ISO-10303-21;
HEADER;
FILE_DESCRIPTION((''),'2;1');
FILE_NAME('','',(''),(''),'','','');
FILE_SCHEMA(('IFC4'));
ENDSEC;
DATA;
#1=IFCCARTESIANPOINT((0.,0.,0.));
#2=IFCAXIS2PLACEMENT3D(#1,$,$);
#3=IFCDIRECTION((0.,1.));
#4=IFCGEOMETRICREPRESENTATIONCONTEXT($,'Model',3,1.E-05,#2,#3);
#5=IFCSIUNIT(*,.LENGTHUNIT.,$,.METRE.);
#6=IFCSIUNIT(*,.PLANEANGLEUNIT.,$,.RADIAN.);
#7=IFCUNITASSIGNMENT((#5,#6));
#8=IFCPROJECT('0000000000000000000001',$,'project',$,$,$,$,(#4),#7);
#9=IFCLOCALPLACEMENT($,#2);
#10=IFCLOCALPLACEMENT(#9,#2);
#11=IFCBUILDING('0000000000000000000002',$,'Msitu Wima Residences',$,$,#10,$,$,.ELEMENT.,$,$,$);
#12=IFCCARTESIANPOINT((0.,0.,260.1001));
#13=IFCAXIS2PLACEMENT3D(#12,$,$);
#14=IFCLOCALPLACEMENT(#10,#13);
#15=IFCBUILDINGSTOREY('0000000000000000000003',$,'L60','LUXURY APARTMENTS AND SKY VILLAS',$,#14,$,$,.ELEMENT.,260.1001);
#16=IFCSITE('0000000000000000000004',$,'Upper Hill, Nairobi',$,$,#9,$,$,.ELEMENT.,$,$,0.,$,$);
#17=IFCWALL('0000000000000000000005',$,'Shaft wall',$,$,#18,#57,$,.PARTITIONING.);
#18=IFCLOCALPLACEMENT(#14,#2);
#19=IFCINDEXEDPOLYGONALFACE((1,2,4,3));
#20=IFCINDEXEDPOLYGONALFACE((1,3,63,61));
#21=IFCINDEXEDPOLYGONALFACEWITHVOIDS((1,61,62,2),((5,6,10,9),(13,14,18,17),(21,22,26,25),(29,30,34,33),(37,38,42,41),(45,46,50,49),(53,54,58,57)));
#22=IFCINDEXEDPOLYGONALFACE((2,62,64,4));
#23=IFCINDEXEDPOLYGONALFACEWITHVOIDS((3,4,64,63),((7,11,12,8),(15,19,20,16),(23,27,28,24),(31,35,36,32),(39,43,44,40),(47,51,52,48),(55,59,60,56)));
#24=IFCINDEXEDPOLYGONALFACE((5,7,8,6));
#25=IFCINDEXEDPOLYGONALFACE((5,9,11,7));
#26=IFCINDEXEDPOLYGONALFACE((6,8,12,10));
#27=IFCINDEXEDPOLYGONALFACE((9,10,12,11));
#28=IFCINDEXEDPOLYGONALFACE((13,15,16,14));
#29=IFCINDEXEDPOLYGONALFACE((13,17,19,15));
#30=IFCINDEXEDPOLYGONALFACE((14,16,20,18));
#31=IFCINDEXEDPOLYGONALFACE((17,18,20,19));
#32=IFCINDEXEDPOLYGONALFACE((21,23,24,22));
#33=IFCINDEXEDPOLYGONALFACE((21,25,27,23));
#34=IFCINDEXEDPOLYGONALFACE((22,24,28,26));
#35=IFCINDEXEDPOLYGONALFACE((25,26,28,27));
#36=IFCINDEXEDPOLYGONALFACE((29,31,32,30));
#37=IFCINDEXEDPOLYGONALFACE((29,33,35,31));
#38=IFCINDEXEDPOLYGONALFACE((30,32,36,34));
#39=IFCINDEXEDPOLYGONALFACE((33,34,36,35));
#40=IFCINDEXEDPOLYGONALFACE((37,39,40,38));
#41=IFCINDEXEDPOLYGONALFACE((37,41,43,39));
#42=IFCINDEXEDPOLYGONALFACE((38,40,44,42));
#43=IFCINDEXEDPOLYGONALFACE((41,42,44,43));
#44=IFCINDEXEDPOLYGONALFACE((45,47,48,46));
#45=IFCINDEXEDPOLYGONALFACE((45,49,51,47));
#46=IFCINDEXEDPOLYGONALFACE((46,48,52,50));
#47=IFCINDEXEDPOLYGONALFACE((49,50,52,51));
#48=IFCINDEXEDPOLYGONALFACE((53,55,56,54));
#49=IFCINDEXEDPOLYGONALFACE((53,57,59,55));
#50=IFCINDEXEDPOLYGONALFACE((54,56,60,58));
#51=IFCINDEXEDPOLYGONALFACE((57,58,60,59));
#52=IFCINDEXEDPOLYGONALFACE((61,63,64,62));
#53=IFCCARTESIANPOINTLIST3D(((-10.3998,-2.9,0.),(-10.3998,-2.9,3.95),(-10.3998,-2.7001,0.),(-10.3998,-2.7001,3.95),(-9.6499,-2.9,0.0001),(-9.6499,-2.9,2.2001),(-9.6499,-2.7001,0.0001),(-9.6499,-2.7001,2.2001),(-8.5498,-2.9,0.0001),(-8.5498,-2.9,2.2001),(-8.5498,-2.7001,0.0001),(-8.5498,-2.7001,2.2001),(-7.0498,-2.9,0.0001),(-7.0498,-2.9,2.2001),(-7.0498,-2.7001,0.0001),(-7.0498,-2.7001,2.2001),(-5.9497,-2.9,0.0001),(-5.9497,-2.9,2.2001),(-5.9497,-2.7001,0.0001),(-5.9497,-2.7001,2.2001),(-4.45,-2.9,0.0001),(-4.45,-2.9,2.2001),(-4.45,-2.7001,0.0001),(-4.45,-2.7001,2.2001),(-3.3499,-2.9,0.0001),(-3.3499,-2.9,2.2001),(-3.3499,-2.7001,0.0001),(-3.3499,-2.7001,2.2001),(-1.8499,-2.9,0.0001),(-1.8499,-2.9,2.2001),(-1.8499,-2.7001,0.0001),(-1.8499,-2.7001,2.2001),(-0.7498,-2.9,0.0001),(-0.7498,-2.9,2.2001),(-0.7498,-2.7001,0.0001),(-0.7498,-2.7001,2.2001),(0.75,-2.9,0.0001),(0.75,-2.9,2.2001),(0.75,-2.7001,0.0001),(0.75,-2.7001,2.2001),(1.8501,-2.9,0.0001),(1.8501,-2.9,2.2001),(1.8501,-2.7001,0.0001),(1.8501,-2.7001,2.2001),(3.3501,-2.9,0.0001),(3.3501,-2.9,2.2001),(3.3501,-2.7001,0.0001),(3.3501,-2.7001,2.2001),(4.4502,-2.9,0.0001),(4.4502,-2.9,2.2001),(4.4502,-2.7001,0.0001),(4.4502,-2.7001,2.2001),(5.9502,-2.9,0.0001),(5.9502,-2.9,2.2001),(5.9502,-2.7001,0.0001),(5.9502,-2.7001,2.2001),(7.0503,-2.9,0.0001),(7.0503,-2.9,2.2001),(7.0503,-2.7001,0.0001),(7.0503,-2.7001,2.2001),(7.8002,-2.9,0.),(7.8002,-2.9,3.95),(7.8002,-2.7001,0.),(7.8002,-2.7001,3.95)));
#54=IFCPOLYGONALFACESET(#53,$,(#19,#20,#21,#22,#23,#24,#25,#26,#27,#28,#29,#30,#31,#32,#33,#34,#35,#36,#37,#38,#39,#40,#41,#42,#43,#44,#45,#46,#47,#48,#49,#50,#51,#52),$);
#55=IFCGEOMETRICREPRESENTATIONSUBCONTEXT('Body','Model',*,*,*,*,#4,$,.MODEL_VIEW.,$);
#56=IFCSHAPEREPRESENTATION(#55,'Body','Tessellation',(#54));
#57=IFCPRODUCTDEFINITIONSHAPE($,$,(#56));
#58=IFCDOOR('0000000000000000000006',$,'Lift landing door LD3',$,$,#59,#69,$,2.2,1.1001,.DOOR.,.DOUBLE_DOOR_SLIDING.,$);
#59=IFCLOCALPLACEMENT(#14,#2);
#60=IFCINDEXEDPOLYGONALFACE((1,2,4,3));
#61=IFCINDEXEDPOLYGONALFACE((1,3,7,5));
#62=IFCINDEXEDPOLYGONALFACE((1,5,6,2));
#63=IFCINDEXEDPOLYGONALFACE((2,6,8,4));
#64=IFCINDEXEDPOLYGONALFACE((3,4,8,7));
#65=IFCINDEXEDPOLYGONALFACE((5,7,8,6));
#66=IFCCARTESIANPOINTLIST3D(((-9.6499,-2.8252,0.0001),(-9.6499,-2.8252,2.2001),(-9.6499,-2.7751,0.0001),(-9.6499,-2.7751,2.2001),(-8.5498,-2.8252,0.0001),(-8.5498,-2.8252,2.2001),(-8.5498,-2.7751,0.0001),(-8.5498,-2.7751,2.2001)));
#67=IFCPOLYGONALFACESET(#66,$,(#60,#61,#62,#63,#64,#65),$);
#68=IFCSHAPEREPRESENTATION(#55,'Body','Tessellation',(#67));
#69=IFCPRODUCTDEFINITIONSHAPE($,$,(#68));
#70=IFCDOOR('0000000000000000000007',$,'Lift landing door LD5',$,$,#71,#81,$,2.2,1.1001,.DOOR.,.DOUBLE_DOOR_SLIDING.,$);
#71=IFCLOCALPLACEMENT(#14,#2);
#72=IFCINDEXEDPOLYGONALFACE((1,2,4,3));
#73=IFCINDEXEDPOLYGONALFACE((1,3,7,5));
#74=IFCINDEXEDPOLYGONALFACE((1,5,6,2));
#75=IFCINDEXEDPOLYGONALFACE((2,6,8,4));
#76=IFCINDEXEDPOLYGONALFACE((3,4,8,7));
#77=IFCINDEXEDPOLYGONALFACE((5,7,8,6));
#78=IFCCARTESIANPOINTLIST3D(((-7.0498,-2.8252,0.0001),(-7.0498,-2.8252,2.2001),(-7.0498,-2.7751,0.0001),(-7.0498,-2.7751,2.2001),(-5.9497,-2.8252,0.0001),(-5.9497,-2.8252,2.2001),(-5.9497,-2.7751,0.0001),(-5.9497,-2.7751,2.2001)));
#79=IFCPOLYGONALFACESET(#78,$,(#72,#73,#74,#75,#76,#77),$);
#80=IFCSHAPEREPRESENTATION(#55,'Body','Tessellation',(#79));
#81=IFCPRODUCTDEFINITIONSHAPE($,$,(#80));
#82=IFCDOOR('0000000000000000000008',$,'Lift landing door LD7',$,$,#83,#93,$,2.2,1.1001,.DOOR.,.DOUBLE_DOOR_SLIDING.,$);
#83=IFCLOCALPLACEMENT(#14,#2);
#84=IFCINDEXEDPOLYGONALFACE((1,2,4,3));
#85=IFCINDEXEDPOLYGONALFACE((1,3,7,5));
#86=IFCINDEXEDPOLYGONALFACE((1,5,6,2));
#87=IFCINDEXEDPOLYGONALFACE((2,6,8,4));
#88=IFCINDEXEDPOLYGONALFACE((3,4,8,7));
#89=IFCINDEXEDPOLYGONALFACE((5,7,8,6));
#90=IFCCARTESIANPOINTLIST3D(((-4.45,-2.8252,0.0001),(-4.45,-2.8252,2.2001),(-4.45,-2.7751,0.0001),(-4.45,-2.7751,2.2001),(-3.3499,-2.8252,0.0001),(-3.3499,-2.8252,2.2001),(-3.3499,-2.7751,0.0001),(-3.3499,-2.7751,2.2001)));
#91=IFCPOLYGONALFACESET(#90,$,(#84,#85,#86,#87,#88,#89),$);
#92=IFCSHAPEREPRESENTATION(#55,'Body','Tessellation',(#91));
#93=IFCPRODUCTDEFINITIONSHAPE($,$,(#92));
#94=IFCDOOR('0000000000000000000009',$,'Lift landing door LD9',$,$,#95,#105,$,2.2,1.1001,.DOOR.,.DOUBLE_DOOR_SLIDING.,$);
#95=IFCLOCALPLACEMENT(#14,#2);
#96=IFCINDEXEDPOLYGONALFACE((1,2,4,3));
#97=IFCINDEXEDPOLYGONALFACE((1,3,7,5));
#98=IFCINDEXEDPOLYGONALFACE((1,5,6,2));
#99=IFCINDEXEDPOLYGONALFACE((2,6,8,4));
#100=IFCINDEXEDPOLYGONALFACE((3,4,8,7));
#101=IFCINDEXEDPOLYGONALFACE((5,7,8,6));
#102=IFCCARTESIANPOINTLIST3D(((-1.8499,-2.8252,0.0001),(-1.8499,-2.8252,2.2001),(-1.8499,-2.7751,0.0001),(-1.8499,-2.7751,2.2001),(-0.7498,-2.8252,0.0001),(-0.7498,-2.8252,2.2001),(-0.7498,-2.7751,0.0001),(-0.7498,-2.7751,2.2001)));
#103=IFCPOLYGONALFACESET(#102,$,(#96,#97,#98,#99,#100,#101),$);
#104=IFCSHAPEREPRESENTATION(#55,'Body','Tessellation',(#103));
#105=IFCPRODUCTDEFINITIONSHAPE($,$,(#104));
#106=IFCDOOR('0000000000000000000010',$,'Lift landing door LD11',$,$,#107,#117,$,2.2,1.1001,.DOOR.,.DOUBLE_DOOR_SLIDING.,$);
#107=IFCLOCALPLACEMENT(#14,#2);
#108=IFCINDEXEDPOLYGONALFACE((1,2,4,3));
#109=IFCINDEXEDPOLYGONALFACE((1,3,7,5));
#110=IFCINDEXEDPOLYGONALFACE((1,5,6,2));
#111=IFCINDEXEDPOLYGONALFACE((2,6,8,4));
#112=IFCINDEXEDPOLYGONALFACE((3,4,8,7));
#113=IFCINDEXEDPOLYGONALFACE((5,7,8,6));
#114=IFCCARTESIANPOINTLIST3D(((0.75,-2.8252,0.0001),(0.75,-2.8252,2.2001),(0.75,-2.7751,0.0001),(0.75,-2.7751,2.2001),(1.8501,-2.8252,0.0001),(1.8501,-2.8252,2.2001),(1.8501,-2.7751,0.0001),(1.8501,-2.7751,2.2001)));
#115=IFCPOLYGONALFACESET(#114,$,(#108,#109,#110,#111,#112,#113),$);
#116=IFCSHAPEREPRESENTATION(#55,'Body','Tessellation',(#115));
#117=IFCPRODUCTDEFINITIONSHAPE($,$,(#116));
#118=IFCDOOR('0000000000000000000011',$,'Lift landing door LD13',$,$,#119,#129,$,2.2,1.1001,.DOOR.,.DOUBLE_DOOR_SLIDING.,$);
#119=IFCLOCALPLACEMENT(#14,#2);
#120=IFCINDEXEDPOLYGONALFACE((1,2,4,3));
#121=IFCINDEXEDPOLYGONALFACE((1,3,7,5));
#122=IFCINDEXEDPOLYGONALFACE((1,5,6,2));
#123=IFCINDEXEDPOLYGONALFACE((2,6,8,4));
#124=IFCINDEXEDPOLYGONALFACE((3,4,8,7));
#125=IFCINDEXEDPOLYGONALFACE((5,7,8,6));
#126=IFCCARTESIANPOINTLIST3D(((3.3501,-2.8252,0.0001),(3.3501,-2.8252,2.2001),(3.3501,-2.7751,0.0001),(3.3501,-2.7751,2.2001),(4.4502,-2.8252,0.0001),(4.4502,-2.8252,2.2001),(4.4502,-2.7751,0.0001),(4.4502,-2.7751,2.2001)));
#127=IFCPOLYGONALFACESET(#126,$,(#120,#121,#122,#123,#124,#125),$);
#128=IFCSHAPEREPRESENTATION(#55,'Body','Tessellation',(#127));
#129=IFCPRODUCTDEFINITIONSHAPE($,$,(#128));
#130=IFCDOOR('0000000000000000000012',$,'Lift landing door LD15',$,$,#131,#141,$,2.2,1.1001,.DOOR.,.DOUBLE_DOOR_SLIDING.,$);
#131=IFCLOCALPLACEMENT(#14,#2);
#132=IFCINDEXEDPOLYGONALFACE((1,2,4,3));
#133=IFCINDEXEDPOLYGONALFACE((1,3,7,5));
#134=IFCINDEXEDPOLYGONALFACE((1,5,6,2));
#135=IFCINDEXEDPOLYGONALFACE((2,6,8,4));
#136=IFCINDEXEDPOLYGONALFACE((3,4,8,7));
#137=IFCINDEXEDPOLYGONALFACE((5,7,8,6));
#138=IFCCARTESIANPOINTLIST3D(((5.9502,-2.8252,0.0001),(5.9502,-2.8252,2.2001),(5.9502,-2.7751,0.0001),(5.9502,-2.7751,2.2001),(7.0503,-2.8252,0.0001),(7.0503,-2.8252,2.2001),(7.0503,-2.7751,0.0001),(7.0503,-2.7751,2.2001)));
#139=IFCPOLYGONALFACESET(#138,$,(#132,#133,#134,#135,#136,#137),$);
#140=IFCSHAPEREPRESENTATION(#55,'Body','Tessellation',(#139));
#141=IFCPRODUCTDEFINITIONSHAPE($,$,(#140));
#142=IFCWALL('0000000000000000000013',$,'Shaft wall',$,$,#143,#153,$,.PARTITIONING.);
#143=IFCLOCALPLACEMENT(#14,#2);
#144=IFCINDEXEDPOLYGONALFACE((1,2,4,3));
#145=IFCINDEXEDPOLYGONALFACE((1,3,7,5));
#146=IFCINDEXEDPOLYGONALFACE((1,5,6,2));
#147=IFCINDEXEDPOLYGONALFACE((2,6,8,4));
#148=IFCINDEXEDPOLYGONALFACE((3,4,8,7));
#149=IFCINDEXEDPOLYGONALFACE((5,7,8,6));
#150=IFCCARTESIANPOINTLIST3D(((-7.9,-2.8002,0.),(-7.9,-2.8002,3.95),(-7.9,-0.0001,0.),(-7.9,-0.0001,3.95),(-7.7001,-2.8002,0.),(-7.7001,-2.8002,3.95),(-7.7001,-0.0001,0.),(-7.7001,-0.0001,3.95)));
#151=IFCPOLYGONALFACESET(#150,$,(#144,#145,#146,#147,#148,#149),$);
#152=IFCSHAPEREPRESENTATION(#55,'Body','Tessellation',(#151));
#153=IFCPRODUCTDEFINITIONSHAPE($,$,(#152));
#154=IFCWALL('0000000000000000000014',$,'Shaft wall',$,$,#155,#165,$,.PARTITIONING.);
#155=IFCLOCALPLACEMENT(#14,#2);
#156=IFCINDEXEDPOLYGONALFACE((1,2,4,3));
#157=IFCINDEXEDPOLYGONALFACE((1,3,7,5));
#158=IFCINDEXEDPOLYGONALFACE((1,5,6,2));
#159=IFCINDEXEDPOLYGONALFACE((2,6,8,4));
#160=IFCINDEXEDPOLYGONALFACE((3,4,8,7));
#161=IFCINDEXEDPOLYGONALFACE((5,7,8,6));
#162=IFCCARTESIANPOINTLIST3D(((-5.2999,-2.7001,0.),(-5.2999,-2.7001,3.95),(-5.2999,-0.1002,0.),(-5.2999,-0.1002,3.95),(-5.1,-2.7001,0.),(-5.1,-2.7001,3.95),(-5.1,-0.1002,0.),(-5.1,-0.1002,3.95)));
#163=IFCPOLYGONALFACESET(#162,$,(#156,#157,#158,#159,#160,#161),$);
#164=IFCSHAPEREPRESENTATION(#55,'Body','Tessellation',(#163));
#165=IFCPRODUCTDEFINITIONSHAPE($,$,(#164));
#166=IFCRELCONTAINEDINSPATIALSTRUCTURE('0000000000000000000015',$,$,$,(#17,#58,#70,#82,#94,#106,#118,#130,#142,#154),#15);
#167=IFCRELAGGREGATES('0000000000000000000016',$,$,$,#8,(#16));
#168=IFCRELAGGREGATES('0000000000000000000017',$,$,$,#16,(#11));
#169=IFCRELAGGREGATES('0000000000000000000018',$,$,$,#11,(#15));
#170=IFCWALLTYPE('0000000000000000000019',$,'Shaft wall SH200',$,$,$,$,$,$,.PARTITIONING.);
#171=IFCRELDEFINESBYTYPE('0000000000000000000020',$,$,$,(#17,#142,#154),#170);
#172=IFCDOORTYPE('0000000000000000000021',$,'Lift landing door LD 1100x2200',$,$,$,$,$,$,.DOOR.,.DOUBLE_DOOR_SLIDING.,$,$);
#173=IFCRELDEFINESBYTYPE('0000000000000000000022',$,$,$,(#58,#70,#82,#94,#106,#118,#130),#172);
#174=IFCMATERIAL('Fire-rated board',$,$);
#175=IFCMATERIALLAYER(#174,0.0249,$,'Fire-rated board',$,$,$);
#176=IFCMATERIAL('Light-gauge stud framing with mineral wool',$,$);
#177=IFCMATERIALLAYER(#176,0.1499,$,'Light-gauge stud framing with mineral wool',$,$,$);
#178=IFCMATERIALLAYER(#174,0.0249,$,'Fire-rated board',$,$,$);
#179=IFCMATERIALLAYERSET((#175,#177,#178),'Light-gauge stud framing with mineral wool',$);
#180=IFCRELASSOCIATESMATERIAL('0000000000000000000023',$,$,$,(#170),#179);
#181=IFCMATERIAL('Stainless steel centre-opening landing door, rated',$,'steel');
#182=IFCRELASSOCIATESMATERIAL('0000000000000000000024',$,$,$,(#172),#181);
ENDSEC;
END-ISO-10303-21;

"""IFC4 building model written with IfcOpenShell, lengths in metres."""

from ifc_helpers import new_model, si_unit, direction, frame, frame_2d, origin, place, context, subcontext, project, spatial, rectangle, extrude, material, layer, layer_set, type_object, element, fill, save


model = new_model("IFC4")

# Units and contexts
model_context = context("Model", 3, precision=1e-05, world=origin(), true_north=direction((0.0, 1.0)))
body_context = subcontext(model_context, "Body", "Model", "MODEL_VIEW")
ifc_project = project(units=[si_unit("LENGTHUNIT", "METRE"), si_unit("PLANEANGLEUNIT", "RADIAN")], contexts=[model_context])

# Site, building, storey
site_placement = place(None, origin())
site = spatial("IfcSite", under=ifc_project, at=site_placement, Name="Upper Hill, Nairobi", CompositionType="ELEMENT", RefElevation=0.0)
building_placement = place(site_placement, origin())
building = spatial("IfcBuilding", under=site, at=building_placement, Name="Msitu Wima Residences", CompositionType="ELEMENT")
storey_placement = place(building_placement, frame((0.0, 0.0, 260.1001)))
storey = spatial("IfcBuildingStorey", under=building, at=storey_placement, Name="L60", Description="LUXURY APARTMENTS AND SKY VILLAS", CompositionType="ELEMENT", Elevation=260.1001)

# Shared definitions
ifc_material_1 = material(Name="Fire-rated board")
ifc_layer_1 = layer(ifc_material_1, 0.0249, Name="Fire-rated board")
ifc_material_2 = material(Name="Light-gauge stud framing with mineral wool")
ifc_layer_2 = layer(ifc_material_2, 0.1499, Name="Light-gauge stud framing with mineral wool")
ifc_layer_3 = layer(ifc_material_1, 0.0249, Name="Fire-rated board")
ifc_layer_set_1 = layer_set([ifc_layer_1, ifc_layer_2, ifc_layer_3], Name="Light-gauge stud framing with mineral wool")
wall_type_1 = type_object("IfcWallType", Name="Shaft wall SH200", PredefinedType="PARTITIONING", material=ifc_layer_set_1)

# Wall, openings, doors
wall_1_placement = place(storey_placement, frame((-10.3999, -2.8, 0.0), z_axis=(0.0, 0.0, 1.0), x_axis=(1.0, 0.0, 0.0)))
wall_1 = element("IfcWall", 1, at=wall_1_placement, inside=storey, type_object=wall_type_1, Name="Shaft wall", PredefinedType="PARTITIONING", context=body_context, shape_type="SweptSolid", body=[
    extrude(rectangle(XDim=18.2, YDim=0.2, at=frame_2d((9.1001, 0.0))), origin(), (0.0, 0.0, 1.0), 3.95),
])
opening_1_placement = place(wall_1_placement, frame((0.75, 0.0, 0.0)))
opening_1 = element("IfcOpeningElement", 2, at=opening_1_placement, cuts=wall_1, PredefinedType="OPENING", context=body_context, shape_type="SweptSolid", body=[
    extrude(rectangle(XDim=1.1001, YDim=2.2, at=frame_2d((0.55, 1.1001))), frame((0.0, 0.1099, 0.0), z_axis=(0.0, -1.0, 0.0), x_axis=(1.0, 0.0, 0.0)), (0.0, 0.0, 1.0), 0.22),
])
opening_2_placement = place(wall_1_placement, frame((3.3501, 0.0, 0.0)))
opening_2 = element("IfcOpeningElement", 3, at=opening_2_placement, cuts=wall_1, PredefinedType="OPENING", context=body_context, shape_type="SweptSolid", body=[
    extrude(rectangle(XDim=1.1001, YDim=2.2, at=frame_2d((0.55, 1.1001))), frame((0.0, 0.1099, 0.0), z_axis=(0.0, -1.0, 0.0), x_axis=(1.0, 0.0, 0.0)), (0.0, 0.0, 1.0), 0.22),
])
opening_3_placement = place(wall_1_placement, frame((5.95, 0.0, 0.0)))
opening_3 = element("IfcOpeningElement", 4, at=opening_3_placement, cuts=wall_1, PredefinedType="OPENING", context=body_context, shape_type="SweptSolid", body=[
    extrude(rectangle(XDim=1.1001, YDim=2.2, at=frame_2d((0.55, 1.1001))), frame((0.0, 0.1099, 0.0), z_axis=(0.0, -1.0, 0.0), x_axis=(1.0, 0.0, 0.0)), (0.0, 0.0, 1.0), 0.22),
])
opening_4_placement = place(wall_1_placement, frame((8.55, 0.0, 0.0)))
opening_4 = element("IfcOpeningElement", 5, at=opening_4_placement, cuts=wall_1, PredefinedType="OPENING", context=body_context, shape_type="SweptSolid", body=[
    extrude(rectangle(XDim=1.1001, YDim=2.2, at=frame_2d((0.55, 1.1001))), frame((0.0, 0.1099, 0.0), z_axis=(0.0, -1.0, 0.0), x_axis=(1.0, 0.0, 0.0)), (0.0, 0.0, 1.0), 0.22),
])
opening_5_placement = place(wall_1_placement, frame((11.1499, 0.0, 0.0)))
opening_5 = element("IfcOpeningElement", 6, at=opening_5_placement, cuts=wall_1, PredefinedType="OPENING", context=body_context, shape_type="SweptSolid", body=[
    extrude(rectangle(XDim=1.1001, YDim=2.2, at=frame_2d((0.55, 1.1001))), frame((0.0, 0.1099, 0.0), z_axis=(0.0, -1.0, 0.0), x_axis=(1.0, 0.0, 0.0)), (0.0, 0.0, 1.0), 0.22),
])
opening_6_placement = place(wall_1_placement, frame((13.75, 0.0, 0.0)))
opening_6 = element("IfcOpeningElement", 7, at=opening_6_placement, cuts=wall_1, PredefinedType="OPENING", context=body_context, shape_type="SweptSolid", body=[
    extrude(rectangle(XDim=1.1001, YDim=2.2, at=frame_2d((0.55, 1.1001))), frame((0.0, 0.1099, 0.0), z_axis=(0.0, -1.0, 0.0), x_axis=(1.0, 0.0, 0.0)), (0.0, 0.0, 1.0), 0.22),
])
opening_7_placement = place(wall_1_placement, frame((16.3501, 0.0, 0.0)))
opening_7 = element("IfcOpeningElement", 8, at=opening_7_placement, cuts=wall_1, PredefinedType="OPENING", context=body_context, shape_type="SweptSolid", body=[
    extrude(rectangle(XDim=1.1001, YDim=2.2, at=frame_2d((0.55, 1.1001))), frame((0.0, 0.1099, 0.0), z_axis=(0.0, -1.0, 0.0), x_axis=(1.0, 0.0, 0.0)), (0.0, 0.0, 1.0), 0.22),
])
ifc_material_3 = material(Name="Stainless steel centre-opening landing door, rated", Category="steel")
door_type_1 = type_object("IfcDoorType", Name="Lift landing door LD 1100x2200", OperationType="DOUBLE_DOOR_SLIDING", PredefinedType="DOOR", material=ifc_material_3)
door_1_placement = place(opening_1_placement, origin())
door_1 = element("IfcDoor", 9, at=door_1_placement, inside=storey, type_object=door_type_1, Name="Lift landing door LD3", OperationType="DOUBLE_DOOR_SLIDING", OverallHeight=2.2, OverallWidth=1.1001, PredefinedType="DOOR", context=body_context, shape_type="SweptSolid", body=[
    extrude(rectangle(XDim=1.1001, YDim=2.2, at=frame_2d((0.55, 1.1001))), frame((0.0, 0.0249, 0.0), z_axis=(0.0, -1.0, 0.0), x_axis=(1.0, 0.0, 0.0)), (0.0, 0.0, 1.0), 0.05),
])
fill(opening_1, door_1)
door_2_placement = place(opening_2_placement, origin())
door_2 = element("IfcDoor", 10, at=door_2_placement, inside=storey, type_object=door_type_1, Name="Lift landing door LD5", OperationType="DOUBLE_DOOR_SLIDING", OverallHeight=2.2, OverallWidth=1.1001, PredefinedType="DOOR", context=body_context, shape_type="SweptSolid", body=[
    extrude(rectangle(XDim=1.1001, YDim=2.2, at=frame_2d((0.55, 1.1001))), frame((0.0, 0.0249, 0.0), z_axis=(0.0, -1.0, 0.0), x_axis=(1.0, 0.0, 0.0)), (0.0, 0.0, 1.0), 0.05),
])
fill(opening_2, door_2)
door_3_placement = place(opening_3_placement, origin())
door_3 = element("IfcDoor", 11, at=door_3_placement, inside=storey, type_object=door_type_1, Name="Lift landing door LD7", OperationType="DOUBLE_DOOR_SLIDING", OverallHeight=2.2, OverallWidth=1.1001, PredefinedType="DOOR", context=body_context, shape_type="SweptSolid", body=[
    extrude(rectangle(XDim=1.1001, YDim=2.2, at=frame_2d((0.55, 1.1001))), frame((0.0, 0.0249, 0.0), z_axis=(0.0, -1.0, 0.0), x_axis=(1.0, 0.0, 0.0)), (0.0, 0.0, 1.0), 0.05),
])
fill(opening_3, door_3)
door_4_placement = place(opening_4_placement, origin())
door_4 = element("IfcDoor", 12, at=door_4_placement, inside=storey, type_object=door_type_1, Name="Lift landing door LD9", OperationType="DOUBLE_DOOR_SLIDING", OverallHeight=2.2, OverallWidth=1.1001, PredefinedType="DOOR", context=body_context, shape_type="SweptSolid", body=[
    extrude(rectangle(XDim=1.1001, YDim=2.2, at=frame_2d((0.55, 1.1001))), frame((0.0, 0.0249, 0.0), z_axis=(0.0, -1.0, 0.0), x_axis=(1.0, 0.0, 0.0)), (0.0, 0.0, 1.0), 0.05),
])
fill(opening_4, door_4)
door_5_placement = place(opening_5_placement, origin())
door_5 = element("IfcDoor", 13, at=door_5_placement, inside=storey, type_object=door_type_1, Name="Lift landing door LD11", OperationType="DOUBLE_DOOR_SLIDING", OverallHeight=2.2, OverallWidth=1.1001, PredefinedType="DOOR", context=body_context, shape_type="SweptSolid", body=[
    extrude(rectangle(XDim=1.1001, YDim=2.2, at=frame_2d((0.55, 1.1001))), frame((0.0, 0.0249, 0.0), z_axis=(0.0, -1.0, 0.0), x_axis=(1.0, 0.0, 0.0)), (0.0, 0.0, 1.0), 0.05),
])
fill(opening_5, door_5)
door_6_placement = place(opening_6_placement, origin())
door_6 = element("IfcDoor", 14, at=door_6_placement, inside=storey, type_object=door_type_1, Name="Lift landing door LD13", OperationType="DOUBLE_DOOR_SLIDING", OverallHeight=2.2, OverallWidth=1.1001, PredefinedType="DOOR", context=body_context, shape_type="SweptSolid", body=[
    extrude(rectangle(XDim=1.1001, YDim=2.2, at=frame_2d((0.55, 1.1001))), frame((0.0, 0.0249, 0.0), z_axis=(0.0, -1.0, 0.0), x_axis=(1.0, 0.0, 0.0)), (0.0, 0.0, 1.0), 0.05),
])
fill(opening_6, door_6)
door_7_placement = place(opening_7_placement, origin())
door_7 = element("IfcDoor", 15, at=door_7_placement, inside=storey, type_object=door_type_1, Name="Lift landing door LD15", OperationType="DOUBLE_DOOR_SLIDING", OverallHeight=2.2, OverallWidth=1.1001, PredefinedType="DOOR", context=body_context, shape_type="SweptSolid", body=[
    extrude(rectangle(XDim=1.1001, YDim=2.2, at=frame_2d((0.55, 1.1001))), frame((0.0, 0.0249, 0.0), z_axis=(0.0, -1.0, 0.0), x_axis=(1.0, 0.0, 0.0)), (0.0, 0.0, 1.0), 0.05),
])
fill(opening_7, door_7)

# Walls
wall_2_placement = place(storey_placement, frame((-7.8, -2.8, 0.0), z_axis=(0.0, 0.0, 1.0), x_axis=(0.0, 1.0, 0.0)))
element("IfcWall", 16, at=wall_2_placement, inside=storey, type_object=wall_type_1, Name="Shaft wall", PredefinedType="PARTITIONING", context=body_context, shape_type="SweptSolid", body=[
    extrude(rectangle(XDim=2.8, YDim=0.2, at=frame_2d((1.3999, 0.0))), origin(), (0.0, 0.0, 1.0), 3.95),
])
wall_3_placement = place(storey_placement, frame((-5.2, -2.7, 0.0), z_axis=(0.0, 0.0, 1.0), x_axis=(0.0, 1.0, 0.0)))
element("IfcWall", 17, at=wall_3_placement, inside=storey, type_object=wall_type_1, Name="Shaft wall", PredefinedType="PARTITIONING", context=body_context, shape_type="SweptSolid", body=[
    extrude(rectangle(XDim=2.5999, YDim=0.2, at=frame_2d((1.2998, 0.0))), origin(), (0.0, 0.0, 1.0), 3.95),
])

save(model, "model.ifc")
